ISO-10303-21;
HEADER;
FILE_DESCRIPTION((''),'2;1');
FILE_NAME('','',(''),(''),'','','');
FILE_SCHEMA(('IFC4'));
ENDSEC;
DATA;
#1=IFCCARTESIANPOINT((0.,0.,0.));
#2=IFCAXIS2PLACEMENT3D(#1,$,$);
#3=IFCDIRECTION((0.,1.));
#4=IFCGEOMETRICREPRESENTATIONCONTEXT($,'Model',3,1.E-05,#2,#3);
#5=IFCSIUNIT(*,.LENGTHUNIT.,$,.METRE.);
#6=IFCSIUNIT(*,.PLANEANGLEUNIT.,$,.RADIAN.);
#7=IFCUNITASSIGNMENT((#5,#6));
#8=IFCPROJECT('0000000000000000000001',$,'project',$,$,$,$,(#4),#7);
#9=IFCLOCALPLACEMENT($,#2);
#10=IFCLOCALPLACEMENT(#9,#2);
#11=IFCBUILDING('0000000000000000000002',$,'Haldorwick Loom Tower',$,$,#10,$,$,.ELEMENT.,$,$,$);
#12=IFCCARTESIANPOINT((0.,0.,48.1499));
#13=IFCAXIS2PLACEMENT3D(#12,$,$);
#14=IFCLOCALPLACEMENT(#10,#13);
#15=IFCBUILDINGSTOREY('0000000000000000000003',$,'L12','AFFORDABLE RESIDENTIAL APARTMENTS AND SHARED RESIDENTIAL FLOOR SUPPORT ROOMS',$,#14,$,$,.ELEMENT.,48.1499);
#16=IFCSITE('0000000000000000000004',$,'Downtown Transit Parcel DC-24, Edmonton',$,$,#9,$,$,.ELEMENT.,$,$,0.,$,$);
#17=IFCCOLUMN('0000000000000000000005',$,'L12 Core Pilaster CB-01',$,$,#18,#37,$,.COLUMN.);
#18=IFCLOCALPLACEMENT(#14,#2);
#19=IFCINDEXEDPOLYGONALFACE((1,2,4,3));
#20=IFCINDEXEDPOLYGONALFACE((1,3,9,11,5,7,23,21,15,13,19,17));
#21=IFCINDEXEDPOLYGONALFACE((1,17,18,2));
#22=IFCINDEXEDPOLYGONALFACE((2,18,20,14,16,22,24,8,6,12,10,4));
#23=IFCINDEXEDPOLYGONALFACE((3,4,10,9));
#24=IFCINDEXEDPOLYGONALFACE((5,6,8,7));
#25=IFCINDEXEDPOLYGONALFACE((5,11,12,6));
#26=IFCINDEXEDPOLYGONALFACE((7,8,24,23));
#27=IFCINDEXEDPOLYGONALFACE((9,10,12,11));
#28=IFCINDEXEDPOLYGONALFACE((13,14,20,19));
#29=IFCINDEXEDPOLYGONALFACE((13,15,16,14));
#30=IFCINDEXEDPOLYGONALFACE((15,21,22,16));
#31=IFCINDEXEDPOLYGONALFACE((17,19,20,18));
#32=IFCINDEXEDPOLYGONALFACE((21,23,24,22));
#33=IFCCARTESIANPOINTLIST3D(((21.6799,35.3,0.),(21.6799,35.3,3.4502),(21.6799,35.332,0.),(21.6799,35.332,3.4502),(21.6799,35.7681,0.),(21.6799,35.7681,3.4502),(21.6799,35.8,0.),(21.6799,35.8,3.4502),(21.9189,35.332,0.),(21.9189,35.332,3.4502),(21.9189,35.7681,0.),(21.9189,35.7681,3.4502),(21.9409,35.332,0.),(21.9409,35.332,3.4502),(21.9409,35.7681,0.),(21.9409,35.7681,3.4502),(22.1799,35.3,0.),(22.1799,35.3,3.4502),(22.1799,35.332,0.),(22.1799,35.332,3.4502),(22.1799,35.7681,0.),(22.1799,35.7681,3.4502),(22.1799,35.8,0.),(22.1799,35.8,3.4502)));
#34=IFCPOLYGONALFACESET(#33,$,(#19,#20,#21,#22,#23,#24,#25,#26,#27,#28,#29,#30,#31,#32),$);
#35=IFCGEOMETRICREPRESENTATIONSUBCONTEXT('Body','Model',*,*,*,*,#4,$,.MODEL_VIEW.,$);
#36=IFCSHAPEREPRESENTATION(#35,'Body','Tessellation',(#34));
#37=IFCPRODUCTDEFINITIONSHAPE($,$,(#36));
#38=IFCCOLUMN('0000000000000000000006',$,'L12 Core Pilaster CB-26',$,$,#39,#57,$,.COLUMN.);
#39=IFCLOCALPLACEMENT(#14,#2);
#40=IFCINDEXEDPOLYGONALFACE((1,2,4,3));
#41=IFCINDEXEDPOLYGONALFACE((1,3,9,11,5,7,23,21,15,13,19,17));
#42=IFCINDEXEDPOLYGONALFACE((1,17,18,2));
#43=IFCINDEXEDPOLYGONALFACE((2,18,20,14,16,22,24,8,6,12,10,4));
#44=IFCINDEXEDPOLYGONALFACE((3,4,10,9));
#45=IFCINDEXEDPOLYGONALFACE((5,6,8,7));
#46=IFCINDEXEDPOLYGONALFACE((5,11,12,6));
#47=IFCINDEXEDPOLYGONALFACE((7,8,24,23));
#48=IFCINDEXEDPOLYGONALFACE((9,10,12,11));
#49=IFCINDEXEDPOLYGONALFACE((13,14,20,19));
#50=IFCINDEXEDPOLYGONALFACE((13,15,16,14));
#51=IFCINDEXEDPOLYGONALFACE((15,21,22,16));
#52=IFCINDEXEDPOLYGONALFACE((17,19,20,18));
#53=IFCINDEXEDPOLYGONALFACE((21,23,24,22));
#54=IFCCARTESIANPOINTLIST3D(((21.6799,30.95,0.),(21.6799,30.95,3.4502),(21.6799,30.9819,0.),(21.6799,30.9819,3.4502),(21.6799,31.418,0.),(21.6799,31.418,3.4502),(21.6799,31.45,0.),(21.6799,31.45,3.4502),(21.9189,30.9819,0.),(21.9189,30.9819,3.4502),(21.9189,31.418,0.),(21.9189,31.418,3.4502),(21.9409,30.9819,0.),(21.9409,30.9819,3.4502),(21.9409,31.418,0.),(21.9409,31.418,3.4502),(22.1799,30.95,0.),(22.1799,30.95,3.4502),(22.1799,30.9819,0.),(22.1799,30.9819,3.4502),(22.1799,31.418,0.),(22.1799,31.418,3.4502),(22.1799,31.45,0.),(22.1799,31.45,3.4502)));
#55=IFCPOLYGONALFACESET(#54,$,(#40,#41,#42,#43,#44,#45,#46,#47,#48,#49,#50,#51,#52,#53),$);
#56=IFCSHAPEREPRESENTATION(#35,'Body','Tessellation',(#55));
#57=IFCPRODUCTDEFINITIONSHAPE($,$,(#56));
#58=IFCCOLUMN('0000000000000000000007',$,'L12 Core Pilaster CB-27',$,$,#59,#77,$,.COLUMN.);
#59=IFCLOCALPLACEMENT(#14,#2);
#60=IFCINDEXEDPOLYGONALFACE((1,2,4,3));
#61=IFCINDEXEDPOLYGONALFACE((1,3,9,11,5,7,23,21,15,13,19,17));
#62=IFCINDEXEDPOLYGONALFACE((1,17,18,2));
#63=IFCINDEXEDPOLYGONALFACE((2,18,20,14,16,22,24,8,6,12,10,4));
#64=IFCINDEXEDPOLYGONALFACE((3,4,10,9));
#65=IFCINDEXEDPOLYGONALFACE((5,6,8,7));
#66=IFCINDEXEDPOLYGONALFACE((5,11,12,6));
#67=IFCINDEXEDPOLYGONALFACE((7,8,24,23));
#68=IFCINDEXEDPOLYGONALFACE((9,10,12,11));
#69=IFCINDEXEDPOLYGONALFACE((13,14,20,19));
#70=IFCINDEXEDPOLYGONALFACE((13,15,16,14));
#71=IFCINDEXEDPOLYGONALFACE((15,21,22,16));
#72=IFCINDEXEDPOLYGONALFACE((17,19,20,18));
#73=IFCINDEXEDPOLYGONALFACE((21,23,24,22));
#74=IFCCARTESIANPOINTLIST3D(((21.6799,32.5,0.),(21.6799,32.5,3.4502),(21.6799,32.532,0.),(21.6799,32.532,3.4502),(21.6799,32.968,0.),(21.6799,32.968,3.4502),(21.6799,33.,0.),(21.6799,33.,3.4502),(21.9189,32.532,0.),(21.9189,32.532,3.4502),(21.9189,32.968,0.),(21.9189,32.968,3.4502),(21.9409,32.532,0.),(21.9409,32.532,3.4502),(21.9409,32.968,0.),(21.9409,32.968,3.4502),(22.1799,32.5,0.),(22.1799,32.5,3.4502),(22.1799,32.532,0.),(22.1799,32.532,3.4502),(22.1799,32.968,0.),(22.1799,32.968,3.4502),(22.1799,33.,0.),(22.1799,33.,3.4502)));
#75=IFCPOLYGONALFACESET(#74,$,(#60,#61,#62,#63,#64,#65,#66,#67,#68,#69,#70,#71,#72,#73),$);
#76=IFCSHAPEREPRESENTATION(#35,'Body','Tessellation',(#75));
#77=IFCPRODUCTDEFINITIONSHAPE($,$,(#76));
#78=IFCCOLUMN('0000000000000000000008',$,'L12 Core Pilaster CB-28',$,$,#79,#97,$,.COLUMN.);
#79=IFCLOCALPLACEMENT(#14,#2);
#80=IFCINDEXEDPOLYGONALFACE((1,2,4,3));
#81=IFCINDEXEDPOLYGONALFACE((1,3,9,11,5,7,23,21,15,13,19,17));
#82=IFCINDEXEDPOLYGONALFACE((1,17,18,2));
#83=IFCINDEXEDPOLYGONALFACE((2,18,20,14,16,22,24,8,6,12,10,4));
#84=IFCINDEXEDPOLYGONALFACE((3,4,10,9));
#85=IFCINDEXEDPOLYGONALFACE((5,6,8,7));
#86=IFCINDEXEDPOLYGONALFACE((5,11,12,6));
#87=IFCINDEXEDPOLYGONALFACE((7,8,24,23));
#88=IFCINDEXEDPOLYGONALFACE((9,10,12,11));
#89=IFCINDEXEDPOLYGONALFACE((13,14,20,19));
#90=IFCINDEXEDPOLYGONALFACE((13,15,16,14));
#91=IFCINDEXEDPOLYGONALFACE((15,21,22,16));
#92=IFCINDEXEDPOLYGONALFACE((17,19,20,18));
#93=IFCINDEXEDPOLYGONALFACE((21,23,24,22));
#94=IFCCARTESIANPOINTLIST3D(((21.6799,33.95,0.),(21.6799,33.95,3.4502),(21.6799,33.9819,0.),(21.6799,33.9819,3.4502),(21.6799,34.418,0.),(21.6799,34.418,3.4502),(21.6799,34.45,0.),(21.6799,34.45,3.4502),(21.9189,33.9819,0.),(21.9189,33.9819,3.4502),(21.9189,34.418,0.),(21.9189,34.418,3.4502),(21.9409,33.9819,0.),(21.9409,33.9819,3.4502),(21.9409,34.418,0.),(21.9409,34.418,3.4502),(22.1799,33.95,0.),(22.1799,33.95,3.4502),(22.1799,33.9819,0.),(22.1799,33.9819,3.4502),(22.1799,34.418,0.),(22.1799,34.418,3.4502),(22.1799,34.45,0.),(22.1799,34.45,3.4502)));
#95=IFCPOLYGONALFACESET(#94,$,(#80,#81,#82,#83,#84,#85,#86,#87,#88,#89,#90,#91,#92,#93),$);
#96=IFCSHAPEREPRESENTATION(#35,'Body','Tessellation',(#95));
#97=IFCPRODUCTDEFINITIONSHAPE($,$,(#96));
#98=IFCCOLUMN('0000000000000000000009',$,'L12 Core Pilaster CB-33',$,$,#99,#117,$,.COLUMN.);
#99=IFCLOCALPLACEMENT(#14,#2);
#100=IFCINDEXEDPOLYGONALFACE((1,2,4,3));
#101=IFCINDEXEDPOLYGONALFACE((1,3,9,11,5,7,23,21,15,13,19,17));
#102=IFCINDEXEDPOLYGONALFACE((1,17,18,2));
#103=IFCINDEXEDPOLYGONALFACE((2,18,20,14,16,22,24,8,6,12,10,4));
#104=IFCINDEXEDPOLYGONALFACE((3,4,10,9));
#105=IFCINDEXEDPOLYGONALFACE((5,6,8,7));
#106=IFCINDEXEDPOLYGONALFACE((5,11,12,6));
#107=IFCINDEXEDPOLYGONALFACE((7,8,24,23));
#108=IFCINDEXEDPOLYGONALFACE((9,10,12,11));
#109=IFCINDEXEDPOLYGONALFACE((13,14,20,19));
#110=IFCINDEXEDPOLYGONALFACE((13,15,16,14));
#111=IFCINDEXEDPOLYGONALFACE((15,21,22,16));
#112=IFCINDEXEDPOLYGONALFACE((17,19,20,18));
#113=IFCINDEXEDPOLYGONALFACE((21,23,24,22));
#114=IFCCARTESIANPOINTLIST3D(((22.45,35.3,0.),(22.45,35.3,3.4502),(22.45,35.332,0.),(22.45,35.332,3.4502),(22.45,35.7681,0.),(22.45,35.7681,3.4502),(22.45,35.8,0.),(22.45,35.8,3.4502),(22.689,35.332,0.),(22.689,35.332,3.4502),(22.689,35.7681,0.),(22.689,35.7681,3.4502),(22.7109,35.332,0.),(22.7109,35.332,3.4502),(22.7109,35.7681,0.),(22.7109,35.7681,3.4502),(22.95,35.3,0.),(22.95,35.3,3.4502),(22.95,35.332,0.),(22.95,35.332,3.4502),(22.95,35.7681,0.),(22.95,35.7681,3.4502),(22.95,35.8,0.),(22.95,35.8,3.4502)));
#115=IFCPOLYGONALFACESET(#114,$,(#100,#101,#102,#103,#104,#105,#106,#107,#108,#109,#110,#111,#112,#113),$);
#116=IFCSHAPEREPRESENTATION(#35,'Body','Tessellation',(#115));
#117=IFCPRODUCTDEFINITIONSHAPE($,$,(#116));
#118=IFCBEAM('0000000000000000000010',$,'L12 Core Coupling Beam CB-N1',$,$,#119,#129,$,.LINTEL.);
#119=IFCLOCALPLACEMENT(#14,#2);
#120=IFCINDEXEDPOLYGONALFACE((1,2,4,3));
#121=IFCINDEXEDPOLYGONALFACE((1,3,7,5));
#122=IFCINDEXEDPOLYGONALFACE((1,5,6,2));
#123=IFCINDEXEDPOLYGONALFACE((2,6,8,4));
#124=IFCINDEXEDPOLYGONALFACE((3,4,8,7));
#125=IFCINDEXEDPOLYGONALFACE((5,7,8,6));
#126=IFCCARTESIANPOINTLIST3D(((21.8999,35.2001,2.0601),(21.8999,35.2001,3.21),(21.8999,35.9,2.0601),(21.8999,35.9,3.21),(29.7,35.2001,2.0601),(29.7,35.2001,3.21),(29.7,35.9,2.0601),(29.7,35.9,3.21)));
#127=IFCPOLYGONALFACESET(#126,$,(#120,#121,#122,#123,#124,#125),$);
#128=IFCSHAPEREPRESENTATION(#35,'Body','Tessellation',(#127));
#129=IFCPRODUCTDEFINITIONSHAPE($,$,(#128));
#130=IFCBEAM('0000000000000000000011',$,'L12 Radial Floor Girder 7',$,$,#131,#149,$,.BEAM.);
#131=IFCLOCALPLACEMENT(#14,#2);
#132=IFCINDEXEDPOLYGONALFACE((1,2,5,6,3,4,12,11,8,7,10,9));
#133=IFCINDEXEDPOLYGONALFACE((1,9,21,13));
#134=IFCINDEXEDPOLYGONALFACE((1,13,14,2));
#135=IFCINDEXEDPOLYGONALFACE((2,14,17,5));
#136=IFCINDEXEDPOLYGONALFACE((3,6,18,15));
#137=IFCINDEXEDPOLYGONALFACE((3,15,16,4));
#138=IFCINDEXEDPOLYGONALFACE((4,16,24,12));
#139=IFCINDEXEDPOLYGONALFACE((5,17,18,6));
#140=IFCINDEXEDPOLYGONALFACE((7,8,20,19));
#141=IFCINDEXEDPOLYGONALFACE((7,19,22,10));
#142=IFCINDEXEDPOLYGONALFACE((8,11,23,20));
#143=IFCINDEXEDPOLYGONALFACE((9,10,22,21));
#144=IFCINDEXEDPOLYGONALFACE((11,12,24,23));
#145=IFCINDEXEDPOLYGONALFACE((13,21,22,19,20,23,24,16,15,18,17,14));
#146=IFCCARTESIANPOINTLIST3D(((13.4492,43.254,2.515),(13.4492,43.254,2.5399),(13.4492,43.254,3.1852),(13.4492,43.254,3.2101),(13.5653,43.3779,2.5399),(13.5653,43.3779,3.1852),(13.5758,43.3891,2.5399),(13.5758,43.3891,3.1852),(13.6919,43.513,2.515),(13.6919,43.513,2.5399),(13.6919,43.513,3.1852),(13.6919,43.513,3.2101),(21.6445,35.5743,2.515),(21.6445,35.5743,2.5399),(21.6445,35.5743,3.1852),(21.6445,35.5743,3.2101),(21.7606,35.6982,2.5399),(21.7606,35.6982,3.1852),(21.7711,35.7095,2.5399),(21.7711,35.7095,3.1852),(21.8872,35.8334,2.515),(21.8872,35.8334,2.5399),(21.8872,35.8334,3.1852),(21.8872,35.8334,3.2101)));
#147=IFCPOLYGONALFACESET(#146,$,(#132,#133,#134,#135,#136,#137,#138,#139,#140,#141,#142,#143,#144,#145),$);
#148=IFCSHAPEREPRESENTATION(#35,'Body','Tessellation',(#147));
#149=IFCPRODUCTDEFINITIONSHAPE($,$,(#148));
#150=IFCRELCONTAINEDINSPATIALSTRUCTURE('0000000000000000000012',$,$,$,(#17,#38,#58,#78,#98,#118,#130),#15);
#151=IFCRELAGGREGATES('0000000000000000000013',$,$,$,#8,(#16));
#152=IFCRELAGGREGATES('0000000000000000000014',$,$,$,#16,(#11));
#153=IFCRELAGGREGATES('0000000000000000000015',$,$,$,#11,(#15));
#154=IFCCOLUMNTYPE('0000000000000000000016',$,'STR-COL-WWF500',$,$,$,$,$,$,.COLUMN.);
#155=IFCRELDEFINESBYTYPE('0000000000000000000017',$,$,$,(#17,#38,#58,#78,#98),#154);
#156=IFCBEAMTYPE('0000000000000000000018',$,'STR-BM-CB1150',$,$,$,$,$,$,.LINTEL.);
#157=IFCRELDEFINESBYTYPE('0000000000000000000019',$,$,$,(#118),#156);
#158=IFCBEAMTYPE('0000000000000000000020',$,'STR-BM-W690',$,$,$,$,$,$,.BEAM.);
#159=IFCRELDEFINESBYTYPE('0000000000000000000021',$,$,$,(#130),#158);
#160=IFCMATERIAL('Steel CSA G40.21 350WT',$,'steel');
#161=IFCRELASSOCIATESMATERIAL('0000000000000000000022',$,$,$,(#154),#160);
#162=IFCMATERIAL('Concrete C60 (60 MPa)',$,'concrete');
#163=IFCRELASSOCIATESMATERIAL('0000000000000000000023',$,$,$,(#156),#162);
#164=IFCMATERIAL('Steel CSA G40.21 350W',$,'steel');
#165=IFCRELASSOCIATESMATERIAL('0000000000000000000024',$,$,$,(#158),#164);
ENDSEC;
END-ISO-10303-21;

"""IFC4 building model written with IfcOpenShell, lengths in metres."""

from ifc_helpers import new_model, si_unit, direction, frame, origin, origin_2d, place, context, subcontext, project, spatial, rectangle, i_section, extrude, material, material_profile, profile_set, type_object, element, save


model = new_model("IFC4")

# Units and contexts
model_context = context("Model", 3, precision=1e-05, world=origin(), true_north=direction((0.0, 1.0)))
body_context = subcontext(model_context, "Body", "Model", "MODEL_VIEW")
ifc_project = project(units=[si_unit("LENGTHUNIT", "METRE"), si_unit("PLANEANGLEUNIT", "RADIAN")], contexts=[model_context])

# Site, building, storey
site_placement = place(None, origin())
site = spatial("IfcSite", under=ifc_project, at=site_placement, Name="Downtown Transit Parcel DC-24, Edmonton", CompositionType="ELEMENT", RefElevation=0.0)
building_placement = place(site_placement, origin())
building = spatial("IfcBuilding", under=site, at=building_placement, Name="Haldorwick Loom Tower", CompositionType="ELEMENT")
storey_placement = place(building_placement, frame((0.0, 0.0, 48.1499)))
storey = spatial("IfcBuildingStorey", under=building, at=storey_placement, Name="L12", Description="AFFORDABLE RESIDENTIAL APARTMENTS AND SHARED RESIDENTIAL FLOOR SUPPORT ROOMS", CompositionType="ELEMENT", Elevation=48.1499)

# Columns
ifc_material_1 = material(Name="Steel CSA G40.21 350WT", Category="steel")
ifc_material_profile_1 = material_profile(ifc_material_1, i_section(OverallWidth=0.5, OverallDepth=0.5, WebThickness=0.022, FlangeThickness=0.032, at=origin_2d()), Name="WWF500X500", Category="steel")
ifc_profile_set_1 = profile_set([ifc_material_profile_1], Name="Steel CSA G40.21 350WT")
column_type = type_object("IfcColumnType", Name="STR-COL-WWF500", PredefinedType="COLUMN", material=ifc_profile_set_1)
for number, where, z_axis, x_axis, name in (
    (1, (21.9299, 35.55, 0.0), (0.0, 0.0, 1.0), (1.0, 0.0, 0.0), "L12 Core Pilaster CB-01"),
    (2, (21.9299, 31.2, 0.0), (0.0, 0.0, 1.0), (1.0, 0.0, 0.0), "L12 Core Pilaster CB-26"),
    (3, (21.9299, 32.75, 0.0), (0.0, 0.0, 1.0), (1.0, 0.0, 0.0), "L12 Core Pilaster CB-27"),
    (4, (21.9299, 34.2, 0.0), (0.0, 0.0, 1.0), (1.0, 0.0, 0.0), "L12 Core Pilaster CB-28"),
    (5, (22.7, 35.55, 0.0), (0.0, 0.0, 1.0), (1.0, 0.0, 0.0), "L12 Core Pilaster CB-33"),
):
    element("IfcColumn", number, at=place(storey_placement, frame(where, z_axis=z_axis, x_axis=x_axis)), inside=storey, type_object=column_type, Name=name, PredefinedType="COLUMN", context=body_context, shape_type="SweptSolid", body=[
        extrude(i_section(OverallWidth=0.5, OverallDepth=0.5, WebThickness=0.022, FlangeThickness=0.032, at=origin_2d()), origin(), (0.0, 0.0, 1.0), 3.4502),
    ])

# Beams
ifc_material_2 = material(Name="Concrete C60 (60 MPa)", Category="concrete")
ifc_material_profile_2 = material_profile(ifc_material_2, rectangle(XDim=0.7, YDim=1.1499, at=origin_2d()), Name="RC700X1150", Category="concrete")
ifc_profile_set_2 = profile_set([ifc_material_profile_2], Name="Concrete C60 (60 MPa)")
beam_type_1 = type_object("IfcBeamType", Name="STR-BM-CB1150", PredefinedType="LINTEL", material=ifc_profile_set_2)
beam_1_placement = place(storey_placement, frame((21.8999, 35.55, 2.635), z_axis=(1.0, 0.0, 0.0), x_axis=(0.0, 1.0, 0.0)))
element("IfcBeam", 6, at=beam_1_placement, inside=storey, type_object=beam_type_1, Name="L12 Core Coupling Beam CB-N1", PredefinedType="LINTEL", context=body_context, shape_type="SweptSolid", body=[
    extrude(rectangle(XDim=0.7, YDim=1.1499, at=origin_2d()), origin(), (0.0, 0.0, 1.0), 7.8),
])
ifc_material_3 = material(Name="Steel CSA G40.21 350W", Category="steel")
ifc_material_profile_3 = material_profile(ifc_material_3, i_section(OverallWidth=0.355, OverallDepth=0.6951, WebThickness=0.0154, FlangeThickness=0.0249, at=origin_2d()), Name="W690X217", Category="steel")
ifc_profile_set_3 = profile_set([ifc_material_profile_3], Name="Steel CSA G40.21 350W")
beam_type_2 = type_object("IfcBeamType", Name="STR-BM-W690", PredefinedType="BEAM", material=ifc_profile_set_3)
beam_2_placement = place(storey_placement, frame((21.7659, 35.7039, 2.8625), z_axis=(-0.729689, 0.683779, 0.0), x_axis=(-0.683779, -0.729689, 0.0)))
element("IfcBeam", 7, at=beam_2_placement, inside=storey, type_object=beam_type_2, Name="L12 Radial Floor Girder 7", PredefinedType="BEAM", context=body_context, shape_type="SweptSolid", body=[
    extrude(i_section(OverallWidth=0.355, OverallDepth=0.6951, WebThickness=0.0154, FlangeThickness=0.0249, at=origin_2d()), origin(), (0.0, 0.0, 1.0), 11.2312),
])

save(model, "model.ifc")
